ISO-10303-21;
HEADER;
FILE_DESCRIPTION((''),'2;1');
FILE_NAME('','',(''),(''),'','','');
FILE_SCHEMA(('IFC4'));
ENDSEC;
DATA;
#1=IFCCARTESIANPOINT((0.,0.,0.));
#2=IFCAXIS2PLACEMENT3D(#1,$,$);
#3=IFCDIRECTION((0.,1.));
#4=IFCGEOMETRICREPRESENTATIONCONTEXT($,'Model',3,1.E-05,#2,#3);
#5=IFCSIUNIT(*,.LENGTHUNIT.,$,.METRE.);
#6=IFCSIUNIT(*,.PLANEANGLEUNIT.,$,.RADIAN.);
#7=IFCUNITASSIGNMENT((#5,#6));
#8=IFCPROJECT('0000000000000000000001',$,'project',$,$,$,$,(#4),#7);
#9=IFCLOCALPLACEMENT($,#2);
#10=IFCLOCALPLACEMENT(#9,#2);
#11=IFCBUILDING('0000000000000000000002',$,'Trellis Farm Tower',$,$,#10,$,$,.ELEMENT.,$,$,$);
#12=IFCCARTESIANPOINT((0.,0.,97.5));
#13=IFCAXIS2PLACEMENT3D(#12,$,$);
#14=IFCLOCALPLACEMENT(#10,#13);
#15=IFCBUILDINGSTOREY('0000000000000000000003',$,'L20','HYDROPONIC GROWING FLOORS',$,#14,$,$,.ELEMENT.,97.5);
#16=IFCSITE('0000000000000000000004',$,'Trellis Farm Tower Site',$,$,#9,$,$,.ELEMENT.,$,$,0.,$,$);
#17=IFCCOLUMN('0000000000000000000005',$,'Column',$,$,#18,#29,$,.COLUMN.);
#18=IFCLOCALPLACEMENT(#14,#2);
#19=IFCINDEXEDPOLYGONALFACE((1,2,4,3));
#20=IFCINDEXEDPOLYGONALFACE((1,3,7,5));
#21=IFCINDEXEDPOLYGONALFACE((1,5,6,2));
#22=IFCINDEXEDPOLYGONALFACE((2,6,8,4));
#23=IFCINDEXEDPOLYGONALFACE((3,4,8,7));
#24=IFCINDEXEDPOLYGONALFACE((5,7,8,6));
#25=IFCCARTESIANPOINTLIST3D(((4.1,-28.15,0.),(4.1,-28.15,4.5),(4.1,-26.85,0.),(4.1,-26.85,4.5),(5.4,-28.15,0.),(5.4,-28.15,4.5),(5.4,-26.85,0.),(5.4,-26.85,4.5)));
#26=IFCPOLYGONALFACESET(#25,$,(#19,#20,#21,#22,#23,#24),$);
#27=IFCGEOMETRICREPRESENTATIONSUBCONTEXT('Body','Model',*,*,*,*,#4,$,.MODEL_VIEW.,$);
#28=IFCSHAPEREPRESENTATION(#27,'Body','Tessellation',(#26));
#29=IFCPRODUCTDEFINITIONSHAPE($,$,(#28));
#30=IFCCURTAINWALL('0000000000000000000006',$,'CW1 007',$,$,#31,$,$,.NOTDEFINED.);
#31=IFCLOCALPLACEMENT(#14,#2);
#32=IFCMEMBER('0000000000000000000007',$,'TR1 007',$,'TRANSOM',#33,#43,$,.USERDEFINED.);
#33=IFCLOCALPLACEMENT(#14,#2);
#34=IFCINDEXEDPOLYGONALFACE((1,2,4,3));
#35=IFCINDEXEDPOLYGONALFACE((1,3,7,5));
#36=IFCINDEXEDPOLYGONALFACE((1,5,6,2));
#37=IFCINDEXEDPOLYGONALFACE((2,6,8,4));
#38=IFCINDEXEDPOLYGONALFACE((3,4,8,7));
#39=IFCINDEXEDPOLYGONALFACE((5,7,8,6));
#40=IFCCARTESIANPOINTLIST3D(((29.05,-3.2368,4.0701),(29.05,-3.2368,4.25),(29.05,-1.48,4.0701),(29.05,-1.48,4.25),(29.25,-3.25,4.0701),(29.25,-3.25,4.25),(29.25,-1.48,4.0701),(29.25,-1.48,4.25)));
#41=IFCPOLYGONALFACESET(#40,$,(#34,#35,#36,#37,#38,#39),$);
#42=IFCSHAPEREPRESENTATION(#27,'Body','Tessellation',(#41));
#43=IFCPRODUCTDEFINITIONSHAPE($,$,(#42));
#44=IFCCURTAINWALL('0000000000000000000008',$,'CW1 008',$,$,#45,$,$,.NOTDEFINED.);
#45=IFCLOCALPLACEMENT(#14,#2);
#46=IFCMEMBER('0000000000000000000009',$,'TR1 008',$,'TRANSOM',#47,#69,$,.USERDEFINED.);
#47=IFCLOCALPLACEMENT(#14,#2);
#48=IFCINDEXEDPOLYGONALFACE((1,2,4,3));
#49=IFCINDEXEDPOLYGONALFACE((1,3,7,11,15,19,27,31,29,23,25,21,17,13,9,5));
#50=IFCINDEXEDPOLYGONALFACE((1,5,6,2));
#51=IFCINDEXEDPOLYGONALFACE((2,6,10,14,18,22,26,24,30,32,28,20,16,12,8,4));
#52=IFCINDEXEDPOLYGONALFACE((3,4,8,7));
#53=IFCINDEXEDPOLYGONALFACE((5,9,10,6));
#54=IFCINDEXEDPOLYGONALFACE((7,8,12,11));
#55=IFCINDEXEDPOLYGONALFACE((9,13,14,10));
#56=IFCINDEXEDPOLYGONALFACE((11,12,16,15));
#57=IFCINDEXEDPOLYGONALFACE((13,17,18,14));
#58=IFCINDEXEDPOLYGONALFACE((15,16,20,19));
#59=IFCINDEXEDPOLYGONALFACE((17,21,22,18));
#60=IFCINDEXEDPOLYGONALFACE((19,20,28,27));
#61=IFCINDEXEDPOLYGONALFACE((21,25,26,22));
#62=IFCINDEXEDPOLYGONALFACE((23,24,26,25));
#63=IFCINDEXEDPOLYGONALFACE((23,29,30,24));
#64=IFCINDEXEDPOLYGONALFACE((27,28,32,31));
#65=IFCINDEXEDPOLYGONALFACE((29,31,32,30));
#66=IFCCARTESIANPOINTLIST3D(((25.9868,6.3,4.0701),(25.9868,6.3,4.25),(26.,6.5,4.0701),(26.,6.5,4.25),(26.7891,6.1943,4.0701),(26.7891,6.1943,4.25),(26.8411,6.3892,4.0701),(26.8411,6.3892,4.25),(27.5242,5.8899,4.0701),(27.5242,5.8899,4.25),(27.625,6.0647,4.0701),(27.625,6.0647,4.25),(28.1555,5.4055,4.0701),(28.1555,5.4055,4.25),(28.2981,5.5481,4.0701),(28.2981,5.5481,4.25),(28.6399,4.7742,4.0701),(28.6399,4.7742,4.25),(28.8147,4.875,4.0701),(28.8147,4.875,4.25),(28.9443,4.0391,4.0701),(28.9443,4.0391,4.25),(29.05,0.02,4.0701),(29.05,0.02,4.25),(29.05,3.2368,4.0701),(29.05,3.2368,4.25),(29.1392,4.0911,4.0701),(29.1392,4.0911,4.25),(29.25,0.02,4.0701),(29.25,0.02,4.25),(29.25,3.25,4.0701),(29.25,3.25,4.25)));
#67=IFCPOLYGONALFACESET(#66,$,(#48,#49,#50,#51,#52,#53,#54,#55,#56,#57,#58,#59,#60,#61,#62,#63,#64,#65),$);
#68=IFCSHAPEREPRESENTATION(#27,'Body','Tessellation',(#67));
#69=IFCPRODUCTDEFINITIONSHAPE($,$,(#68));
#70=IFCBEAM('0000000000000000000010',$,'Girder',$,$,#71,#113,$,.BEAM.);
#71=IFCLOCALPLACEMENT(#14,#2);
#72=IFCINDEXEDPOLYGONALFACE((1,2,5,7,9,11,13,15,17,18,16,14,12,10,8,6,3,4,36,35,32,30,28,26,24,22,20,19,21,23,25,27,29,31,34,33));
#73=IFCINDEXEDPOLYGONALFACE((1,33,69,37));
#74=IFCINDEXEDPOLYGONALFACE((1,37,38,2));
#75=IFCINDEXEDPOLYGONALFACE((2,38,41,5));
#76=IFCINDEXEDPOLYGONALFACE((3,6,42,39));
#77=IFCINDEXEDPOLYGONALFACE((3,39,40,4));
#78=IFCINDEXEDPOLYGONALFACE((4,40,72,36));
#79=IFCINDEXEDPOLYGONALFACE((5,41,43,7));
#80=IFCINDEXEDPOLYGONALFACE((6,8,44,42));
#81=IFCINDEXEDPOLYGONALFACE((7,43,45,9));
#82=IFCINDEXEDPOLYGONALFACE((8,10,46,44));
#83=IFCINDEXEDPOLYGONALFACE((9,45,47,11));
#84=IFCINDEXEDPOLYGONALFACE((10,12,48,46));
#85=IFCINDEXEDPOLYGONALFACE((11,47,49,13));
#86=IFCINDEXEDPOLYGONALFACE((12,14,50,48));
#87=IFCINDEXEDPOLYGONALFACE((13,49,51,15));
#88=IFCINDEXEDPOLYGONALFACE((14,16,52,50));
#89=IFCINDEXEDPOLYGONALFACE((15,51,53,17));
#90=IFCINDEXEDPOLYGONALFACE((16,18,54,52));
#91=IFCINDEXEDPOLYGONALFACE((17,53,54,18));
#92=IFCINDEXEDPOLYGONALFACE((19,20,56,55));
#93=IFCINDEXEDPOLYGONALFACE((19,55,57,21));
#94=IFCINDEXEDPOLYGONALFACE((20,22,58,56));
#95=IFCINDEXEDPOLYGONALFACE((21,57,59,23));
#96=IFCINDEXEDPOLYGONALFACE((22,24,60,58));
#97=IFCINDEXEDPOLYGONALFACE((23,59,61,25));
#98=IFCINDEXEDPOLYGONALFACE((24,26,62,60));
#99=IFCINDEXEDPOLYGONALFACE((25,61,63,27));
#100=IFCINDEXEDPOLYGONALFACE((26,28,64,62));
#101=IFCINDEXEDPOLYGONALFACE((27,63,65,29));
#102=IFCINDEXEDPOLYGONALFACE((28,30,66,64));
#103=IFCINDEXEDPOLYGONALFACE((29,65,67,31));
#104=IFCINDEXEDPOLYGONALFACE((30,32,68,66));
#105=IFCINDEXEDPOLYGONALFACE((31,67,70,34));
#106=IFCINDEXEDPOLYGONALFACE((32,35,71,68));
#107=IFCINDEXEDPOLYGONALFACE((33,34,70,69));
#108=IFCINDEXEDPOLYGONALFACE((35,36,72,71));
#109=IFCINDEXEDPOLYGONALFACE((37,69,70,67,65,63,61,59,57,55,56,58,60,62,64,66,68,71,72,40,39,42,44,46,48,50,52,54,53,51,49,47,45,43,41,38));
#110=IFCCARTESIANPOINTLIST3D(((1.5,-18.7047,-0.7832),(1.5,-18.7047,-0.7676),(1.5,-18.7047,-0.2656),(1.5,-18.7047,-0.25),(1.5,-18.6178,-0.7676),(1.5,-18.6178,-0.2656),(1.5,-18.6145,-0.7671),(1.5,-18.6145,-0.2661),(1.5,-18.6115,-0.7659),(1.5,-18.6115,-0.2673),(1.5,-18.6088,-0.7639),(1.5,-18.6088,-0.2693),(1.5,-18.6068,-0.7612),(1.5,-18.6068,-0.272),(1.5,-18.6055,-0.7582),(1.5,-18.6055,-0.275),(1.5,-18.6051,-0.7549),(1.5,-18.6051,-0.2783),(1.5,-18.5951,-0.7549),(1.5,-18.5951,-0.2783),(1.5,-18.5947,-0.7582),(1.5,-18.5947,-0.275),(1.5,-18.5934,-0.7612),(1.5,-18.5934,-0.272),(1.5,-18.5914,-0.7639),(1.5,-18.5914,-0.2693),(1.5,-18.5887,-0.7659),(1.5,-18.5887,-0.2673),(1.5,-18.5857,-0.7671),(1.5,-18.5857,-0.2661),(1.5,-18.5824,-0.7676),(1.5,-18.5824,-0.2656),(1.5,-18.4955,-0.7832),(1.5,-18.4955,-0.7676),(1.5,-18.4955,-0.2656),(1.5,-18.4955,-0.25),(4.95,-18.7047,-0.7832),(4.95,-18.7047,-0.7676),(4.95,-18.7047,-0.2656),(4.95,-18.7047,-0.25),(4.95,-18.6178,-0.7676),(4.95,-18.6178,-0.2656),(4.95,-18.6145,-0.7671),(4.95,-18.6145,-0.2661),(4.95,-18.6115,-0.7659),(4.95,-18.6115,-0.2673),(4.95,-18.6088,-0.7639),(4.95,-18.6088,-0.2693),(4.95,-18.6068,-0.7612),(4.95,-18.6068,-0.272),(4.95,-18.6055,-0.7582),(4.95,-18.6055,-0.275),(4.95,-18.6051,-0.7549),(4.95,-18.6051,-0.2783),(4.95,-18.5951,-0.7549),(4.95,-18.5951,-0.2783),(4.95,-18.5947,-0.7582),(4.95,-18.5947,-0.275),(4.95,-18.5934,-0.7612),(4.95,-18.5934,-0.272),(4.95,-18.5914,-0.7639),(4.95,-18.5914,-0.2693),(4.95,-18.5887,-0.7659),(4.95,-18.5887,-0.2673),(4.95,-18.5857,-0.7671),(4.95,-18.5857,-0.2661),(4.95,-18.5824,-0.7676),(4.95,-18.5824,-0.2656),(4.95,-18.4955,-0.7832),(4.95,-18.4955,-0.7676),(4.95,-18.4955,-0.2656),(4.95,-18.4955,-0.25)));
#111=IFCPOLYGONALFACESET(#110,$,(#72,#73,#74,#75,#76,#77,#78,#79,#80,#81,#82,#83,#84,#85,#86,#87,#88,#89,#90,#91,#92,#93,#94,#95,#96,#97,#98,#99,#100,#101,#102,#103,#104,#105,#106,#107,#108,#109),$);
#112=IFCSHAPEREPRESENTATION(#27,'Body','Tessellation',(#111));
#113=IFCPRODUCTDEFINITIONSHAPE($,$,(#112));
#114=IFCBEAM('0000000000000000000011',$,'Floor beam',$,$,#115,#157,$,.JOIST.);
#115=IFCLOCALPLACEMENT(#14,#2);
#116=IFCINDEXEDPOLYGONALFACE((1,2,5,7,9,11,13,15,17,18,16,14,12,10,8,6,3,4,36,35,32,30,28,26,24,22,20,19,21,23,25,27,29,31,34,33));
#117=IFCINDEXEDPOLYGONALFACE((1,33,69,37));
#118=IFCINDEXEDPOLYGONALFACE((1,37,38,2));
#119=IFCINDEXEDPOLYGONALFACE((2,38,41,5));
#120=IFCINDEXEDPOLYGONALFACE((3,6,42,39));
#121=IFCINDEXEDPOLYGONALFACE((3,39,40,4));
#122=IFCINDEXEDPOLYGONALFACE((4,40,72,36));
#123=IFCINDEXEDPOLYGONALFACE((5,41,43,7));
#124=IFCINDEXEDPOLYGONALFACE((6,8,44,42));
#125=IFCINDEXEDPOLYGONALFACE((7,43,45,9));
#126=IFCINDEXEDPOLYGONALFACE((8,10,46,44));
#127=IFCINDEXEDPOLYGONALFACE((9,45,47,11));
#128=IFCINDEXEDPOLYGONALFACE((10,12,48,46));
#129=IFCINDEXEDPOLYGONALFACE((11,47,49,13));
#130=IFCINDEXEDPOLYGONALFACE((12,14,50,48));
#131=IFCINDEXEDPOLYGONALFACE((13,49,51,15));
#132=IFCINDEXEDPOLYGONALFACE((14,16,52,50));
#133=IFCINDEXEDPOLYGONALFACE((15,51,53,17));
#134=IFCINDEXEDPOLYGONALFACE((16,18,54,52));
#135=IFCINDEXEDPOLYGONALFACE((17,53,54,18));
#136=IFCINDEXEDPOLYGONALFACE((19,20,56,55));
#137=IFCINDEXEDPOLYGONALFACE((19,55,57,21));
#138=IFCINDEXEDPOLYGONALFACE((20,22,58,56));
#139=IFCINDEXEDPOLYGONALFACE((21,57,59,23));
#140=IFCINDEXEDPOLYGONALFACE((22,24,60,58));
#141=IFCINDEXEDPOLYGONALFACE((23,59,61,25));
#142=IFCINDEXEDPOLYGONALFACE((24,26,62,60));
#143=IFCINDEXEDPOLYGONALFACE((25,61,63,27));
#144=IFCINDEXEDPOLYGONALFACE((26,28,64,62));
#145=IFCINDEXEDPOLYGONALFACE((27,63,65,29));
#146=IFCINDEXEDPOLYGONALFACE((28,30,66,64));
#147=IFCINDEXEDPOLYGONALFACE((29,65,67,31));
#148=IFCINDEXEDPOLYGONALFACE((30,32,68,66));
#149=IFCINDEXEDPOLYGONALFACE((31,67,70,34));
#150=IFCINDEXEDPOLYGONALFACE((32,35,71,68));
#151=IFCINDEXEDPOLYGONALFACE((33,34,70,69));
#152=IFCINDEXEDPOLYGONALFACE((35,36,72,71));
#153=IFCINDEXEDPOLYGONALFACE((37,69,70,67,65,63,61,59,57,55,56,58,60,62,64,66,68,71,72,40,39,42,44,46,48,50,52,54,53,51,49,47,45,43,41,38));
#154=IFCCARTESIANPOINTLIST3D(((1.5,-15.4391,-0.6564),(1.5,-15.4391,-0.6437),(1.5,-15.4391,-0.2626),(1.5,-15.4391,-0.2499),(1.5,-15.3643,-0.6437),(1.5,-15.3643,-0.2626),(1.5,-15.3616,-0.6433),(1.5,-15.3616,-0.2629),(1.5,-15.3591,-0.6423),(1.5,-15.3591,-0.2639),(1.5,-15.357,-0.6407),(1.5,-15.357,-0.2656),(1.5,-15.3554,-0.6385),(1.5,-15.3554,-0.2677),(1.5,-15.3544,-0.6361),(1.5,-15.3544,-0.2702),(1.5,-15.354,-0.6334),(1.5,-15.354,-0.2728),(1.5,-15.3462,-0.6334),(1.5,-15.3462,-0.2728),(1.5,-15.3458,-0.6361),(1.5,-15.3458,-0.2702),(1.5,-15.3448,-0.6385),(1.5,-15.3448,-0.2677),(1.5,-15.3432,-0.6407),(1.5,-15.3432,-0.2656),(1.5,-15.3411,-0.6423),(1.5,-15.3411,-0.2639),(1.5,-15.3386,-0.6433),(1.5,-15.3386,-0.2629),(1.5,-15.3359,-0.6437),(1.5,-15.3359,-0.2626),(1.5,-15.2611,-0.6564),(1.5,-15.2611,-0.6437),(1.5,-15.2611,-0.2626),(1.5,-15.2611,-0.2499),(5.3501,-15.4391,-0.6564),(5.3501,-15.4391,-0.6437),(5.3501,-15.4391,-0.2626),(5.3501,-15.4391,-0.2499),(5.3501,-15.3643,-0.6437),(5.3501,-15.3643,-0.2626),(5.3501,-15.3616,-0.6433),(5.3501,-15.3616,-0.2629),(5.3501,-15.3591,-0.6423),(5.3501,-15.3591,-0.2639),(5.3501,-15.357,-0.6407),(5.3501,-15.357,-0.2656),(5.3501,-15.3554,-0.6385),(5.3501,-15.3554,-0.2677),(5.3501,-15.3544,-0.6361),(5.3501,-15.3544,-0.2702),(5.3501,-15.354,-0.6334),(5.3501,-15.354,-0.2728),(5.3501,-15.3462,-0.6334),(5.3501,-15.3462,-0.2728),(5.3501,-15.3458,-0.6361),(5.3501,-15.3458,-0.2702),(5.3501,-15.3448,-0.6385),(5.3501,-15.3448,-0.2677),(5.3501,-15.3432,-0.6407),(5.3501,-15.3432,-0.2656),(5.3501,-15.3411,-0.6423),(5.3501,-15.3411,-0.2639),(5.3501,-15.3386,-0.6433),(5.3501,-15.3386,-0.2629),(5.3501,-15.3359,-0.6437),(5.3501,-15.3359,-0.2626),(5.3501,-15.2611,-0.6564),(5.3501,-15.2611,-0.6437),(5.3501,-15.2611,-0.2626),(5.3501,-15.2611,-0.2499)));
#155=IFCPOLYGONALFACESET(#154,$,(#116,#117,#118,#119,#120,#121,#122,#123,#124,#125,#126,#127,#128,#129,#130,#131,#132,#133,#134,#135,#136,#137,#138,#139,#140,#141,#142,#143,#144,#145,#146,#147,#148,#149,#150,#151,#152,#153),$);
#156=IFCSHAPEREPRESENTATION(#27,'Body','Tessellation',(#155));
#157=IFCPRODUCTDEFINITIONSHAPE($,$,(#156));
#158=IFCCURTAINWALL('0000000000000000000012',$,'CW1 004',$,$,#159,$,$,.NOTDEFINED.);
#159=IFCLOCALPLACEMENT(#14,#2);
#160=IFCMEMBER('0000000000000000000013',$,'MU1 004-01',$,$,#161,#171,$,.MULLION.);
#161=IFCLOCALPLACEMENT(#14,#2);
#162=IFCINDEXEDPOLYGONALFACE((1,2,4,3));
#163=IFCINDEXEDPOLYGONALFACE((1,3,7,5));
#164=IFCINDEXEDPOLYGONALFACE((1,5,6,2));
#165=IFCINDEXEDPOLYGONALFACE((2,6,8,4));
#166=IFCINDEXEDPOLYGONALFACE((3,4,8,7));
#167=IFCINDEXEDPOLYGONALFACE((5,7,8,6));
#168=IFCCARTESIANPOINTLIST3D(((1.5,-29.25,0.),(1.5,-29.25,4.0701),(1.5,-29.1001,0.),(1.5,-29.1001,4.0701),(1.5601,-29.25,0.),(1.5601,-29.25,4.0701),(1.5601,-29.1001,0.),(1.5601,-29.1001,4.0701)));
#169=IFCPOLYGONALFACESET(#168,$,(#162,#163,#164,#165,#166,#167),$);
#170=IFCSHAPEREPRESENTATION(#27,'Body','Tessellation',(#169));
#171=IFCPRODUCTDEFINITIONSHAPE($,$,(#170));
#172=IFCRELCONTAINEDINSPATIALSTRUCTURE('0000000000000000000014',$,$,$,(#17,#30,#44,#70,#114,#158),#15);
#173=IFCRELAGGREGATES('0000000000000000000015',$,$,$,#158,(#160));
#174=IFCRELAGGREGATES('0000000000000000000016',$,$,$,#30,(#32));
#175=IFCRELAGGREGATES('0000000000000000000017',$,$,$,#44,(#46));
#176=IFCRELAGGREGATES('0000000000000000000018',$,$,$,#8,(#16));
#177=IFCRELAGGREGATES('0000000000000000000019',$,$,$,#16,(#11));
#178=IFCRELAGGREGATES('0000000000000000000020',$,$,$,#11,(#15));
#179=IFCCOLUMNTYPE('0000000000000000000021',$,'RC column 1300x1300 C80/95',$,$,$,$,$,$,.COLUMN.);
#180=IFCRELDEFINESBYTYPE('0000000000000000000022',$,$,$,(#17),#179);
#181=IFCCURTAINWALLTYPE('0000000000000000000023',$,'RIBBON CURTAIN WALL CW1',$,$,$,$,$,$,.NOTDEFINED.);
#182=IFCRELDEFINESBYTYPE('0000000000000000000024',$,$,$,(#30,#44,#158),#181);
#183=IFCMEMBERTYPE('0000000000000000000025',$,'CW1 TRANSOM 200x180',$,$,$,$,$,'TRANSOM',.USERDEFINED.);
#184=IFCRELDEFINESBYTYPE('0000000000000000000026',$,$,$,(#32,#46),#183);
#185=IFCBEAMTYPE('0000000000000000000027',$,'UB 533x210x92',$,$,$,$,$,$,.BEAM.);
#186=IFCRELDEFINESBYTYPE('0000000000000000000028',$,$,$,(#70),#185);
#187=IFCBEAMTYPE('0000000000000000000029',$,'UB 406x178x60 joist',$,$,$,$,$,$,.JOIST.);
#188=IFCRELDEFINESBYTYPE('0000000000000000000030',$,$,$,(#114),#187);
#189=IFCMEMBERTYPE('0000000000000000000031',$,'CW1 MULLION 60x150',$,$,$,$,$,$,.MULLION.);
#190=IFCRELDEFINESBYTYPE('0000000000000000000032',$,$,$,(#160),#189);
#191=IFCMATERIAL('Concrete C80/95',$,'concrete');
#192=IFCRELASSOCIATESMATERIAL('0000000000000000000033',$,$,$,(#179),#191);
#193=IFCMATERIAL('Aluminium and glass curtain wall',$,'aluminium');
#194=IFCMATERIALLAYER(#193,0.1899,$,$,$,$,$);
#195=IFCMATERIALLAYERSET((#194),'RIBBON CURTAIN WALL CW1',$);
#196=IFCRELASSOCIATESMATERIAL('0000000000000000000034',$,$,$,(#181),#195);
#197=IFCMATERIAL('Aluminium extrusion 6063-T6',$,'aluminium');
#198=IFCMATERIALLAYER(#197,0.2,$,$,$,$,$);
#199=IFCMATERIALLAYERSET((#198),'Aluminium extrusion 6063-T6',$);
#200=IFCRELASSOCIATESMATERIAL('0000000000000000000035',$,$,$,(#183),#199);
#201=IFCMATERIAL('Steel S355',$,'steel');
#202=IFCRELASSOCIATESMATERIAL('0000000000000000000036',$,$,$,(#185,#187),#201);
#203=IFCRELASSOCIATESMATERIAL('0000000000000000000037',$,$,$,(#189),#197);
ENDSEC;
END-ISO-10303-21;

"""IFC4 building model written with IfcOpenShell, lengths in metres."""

from ifc_helpers import new_model, si_unit, direction, frame, origin, origin_2d, place, context, subcontext, project, spatial, polyline, rectangle, i_section, outline, extrude, source, transform, mapped, material, layer, layer_set, material_profile, profile_set, type_object, element, aggregate, save


model = new_model("IFC4")

# Units and contexts
model_context = context("Model", 3, precision=1e-05, world=origin(), true_north=direction((0.0, 1.0)))
body_context = subcontext(model_context, "Body", "Model", "MODEL_VIEW")
ifc_project = project(units=[si_unit("LENGTHUNIT", "METRE"), si_unit("PLANEANGLEUNIT", "RADIAN")], contexts=[model_context])

# Site, building, storey
site_placement = place(None, origin())
site = spatial("IfcSite", under=ifc_project, at=site_placement, Name="Trellis Farm Tower Site", CompositionType="ELEMENT", RefElevation=0.0)
building_placement = place(site_placement, origin())
building = spatial("IfcBuilding", under=site, at=building_placement, Name="Trellis Farm Tower", CompositionType="ELEMENT")
storey_placement = place(building_placement, frame((0.0, 0.0, 97.5)))
storey = spatial("IfcBuildingStorey", under=building, at=storey_placement, Name="L20", Description="HYDROPONIC GROWING FLOORS", CompositionType="ELEMENT", Elevation=97.5)

# Column
ifc_material_1 = material(Name="Concrete C80/95", Category="concrete")
ifc_material_profile_1 = material_profile(ifc_material_1, rectangle(XDim=1.3, YDim=1.3, at=origin_2d()), Name="RC column 1300x1300 C80/95")
ifc_profile_set_1 = profile_set([ifc_material_profile_1], Name="Concrete C80/95")
column_type = type_object("IfcColumnType", Name="RC column 1300x1300 C80/95", PredefinedType="COLUMN", material=ifc_profile_set_1)
shared_shape_1 = source(origin(), body_context, "Body", "SweptSolid", [
    extrude(rectangle(XDim=1.3, YDim=1.3, at=origin_2d()), origin(), (0.0, 0.0, 1.0), 4.5),
])
column_placement = place(storey_placement, frame((4.75, -27.5, 0.0), z_axis=(0.0, 0.0, 1.0), x_axis=(1.0, 0.0, 0.0)))
element("IfcColumn", 1, at=column_placement, inside=storey, type_object=column_type, Name="Column", PredefinedType="COLUMN", context=body_context, shape_type="MappedRepresentation", body=[
    mapped(shared_shape_1, transform((0.0, 0.0, 0.0))),
])

# Curtain walls, members
ifc_material_2 = material(Name="Aluminium and glass curtain wall", Category="aluminium")
ifc_layer_1 = layer(ifc_material_2, 0.1899)
ifc_layer_set_1 = layer_set([ifc_layer_1], Name="RIBBON CURTAIN WALL CW1")
curtain_wall_type_1 = type_object("IfcCurtainWallType", Name="RIBBON CURTAIN WALL CW1", PredefinedType="NOTDEFINED", material=ifc_layer_set_1)
placement_1 = place(storey_placement, origin())
curtain_wall_1 = element("IfcCurtainWall", 2, at=placement_1, inside=storey, type_object=curtain_wall_type_1, Name="CW1 007", PredefinedType="NOTDEFINED")
ifc_material_3 = material(Name="Aluminium extrusion 6063-T6", Category="aluminium")
ifc_layer_2 = layer(ifc_material_3, 0.2)
ifc_layer_set_2 = layer_set([ifc_layer_2], Name="Aluminium extrusion 6063-T6")
member_type_1 = type_object("IfcMemberType", Name="CW1 TRANSOM 200x180", ElementType="TRANSOM", PredefinedType="USERDEFINED", material=ifc_layer_set_2)
placement_2 = place(storey_placement, frame((0.0, 0.0, 4.0701)))
member_1 = element("IfcMember", 3, at=placement_2, type_object=member_type_1, Name="TR1 007", ObjectType="TRANSOM", PredefinedType="USERDEFINED", context=body_context, shape_type="SweptSolid", body=[
    extrude(outline(polyline([(29.25, -3.25), (29.25, -1.48), (29.05, -1.48), (29.05, -3.2368), (29.25, -3.25)])), origin(), (0.0, 0.0, 1.0), 0.1799),
])
curtain_wall_2 = element("IfcCurtainWall", 4, at=placement_1, inside=storey, type_object=curtain_wall_type_1, Name="CW1 008", PredefinedType="NOTDEFINED")
member_2 = element("IfcMember", 5, at=placement_2, type_object=member_type_1, Name="TR1 008", ObjectType="TRANSOM", PredefinedType="USERDEFINED", context=body_context, shape_type="SweptSolid", body=[
    extrude(outline(polyline([(29.25, 0.02), (29.25, 3.25), (29.1392, 4.0911), (28.8147, 4.875), (28.2981, 5.5481), (27.625, 6.0647), (26.8411, 6.3892), (26.0, 6.5), (25.9868, 6.3), (26.7891, 6.1943), (27.5242, 5.8899), (28.1555, 5.4055), (28.6399, 4.7742), (28.9443, 4.0391), (29.05, 3.2368), (29.05, 0.02), (29.25, 0.02)])), origin(), (0.0, 0.0, 1.0), 0.1799),
])

# Beams
ifc_material_4 = material(Name="Steel S355", Category="steel")
ifc_material_profile_2 = material_profile(ifc_material_4, i_section(OverallWidth=0.2092, OverallDepth=0.5332, WebThickness=0.01, FlangeThickness=0.0156, FilletRadius=0.0127, at=origin_2d()), Name="UB 533x210x92")
ifc_profile_set_2 = profile_set([ifc_material_profile_2], Name="Steel S355")
beam_type_1 = type_object("IfcBeamType", Name="UB 533x210x92", PredefinedType="BEAM", material=ifc_profile_set_2)
shared_shape_2 = source(origin(), body_context, "Body", "SweptSolid", [
    extrude(i_section(OverallWidth=0.2092, OverallDepth=0.5332, WebThickness=0.01, FlangeThickness=0.0156, FilletRadius=0.0127, at=origin_2d()), origin(), (0.0, 0.0, 1.0), 3.45),
])
beam_1_placement = place(storey_placement, frame((1.5, -18.6001, -0.5166), z_axis=(1.0, 0.0, 0.0), x_axis=(0.0, 1.0, 0.0)))
element("IfcBeam", 6, at=beam_1_placement, inside=storey, type_object=beam_type_1, Name="Girder", PredefinedType="BEAM", context=body_context, shape_type="MappedRepresentation", body=[
    mapped(shared_shape_2, transform((0.0, 0.0, 0.0))),
])
ifc_material_profile_3 = material_profile(ifc_material_4, i_section(OverallWidth=0.178, OverallDepth=0.4065, WebThickness=0.0078, FlangeThickness=0.0127, FilletRadius=0.0103, at=origin_2d()), Name="UB 406x178x60")
ifc_profile_set_3 = profile_set([ifc_material_profile_3], Name="Steel S355")
beam_type_2 = type_object("IfcBeamType", Name="UB 406x178x60 joist", PredefinedType="JOIST", material=ifc_profile_set_3)
shared_shape_3 = source(origin(), body_context, "Body", "SweptSolid", [
    extrude(i_section(OverallWidth=0.178, OverallDepth=0.4065, WebThickness=0.0078, FlangeThickness=0.0127, FilletRadius=0.0103, at=origin_2d()), origin(), (0.0, 0.0, 1.0), 3.8501),
])
beam_2_placement = place(storey_placement, frame((1.5, -15.3501, -0.4531), z_axis=(1.0, 0.0, 0.0), x_axis=(0.0, 1.0, 0.0)))
element("IfcBeam", 7, at=beam_2_placement, inside=storey, type_object=beam_type_2, Name="Floor beam", PredefinedType="JOIST", context=body_context, shape_type="MappedRepresentation", body=[
    mapped(shared_shape_3, transform((0.0, 0.0, 0.0))),
])

# Curtain wall, member
curtain_wall_3 = element("IfcCurtainWall", 8, at=placement_1, inside=storey, type_object=curtain_wall_type_1, Name="CW1 004", PredefinedType="NOTDEFINED")
ifc_material_profile_4 = material_profile(ifc_material_3, rectangle(XDim=0.0601, YDim=0.1499, at=origin_2d()), Name="MULLION 60x150")
ifc_profile_set_4 = profile_set([ifc_material_profile_4], Name="Aluminium extrusion 6063-T6")
member_type_2 = type_object("IfcMemberType", Name="CW1 MULLION 60x150", PredefinedType="MULLION", material=ifc_profile_set_4)
shared_shape_4 = source(origin(), body_context, "Body", "SweptSolid", [
    extrude(rectangle(XDim=0.0601, YDim=0.1499, at=origin_2d()), origin(), (0.0, 0.0, 1.0), 4.0701),
])
member_3_placement = place(storey_placement, frame((1.53, -29.175, 0.0), z_axis=(0.0, 0.0, 1.0), x_axis=(1.0, 0.0, 0.0)))
member_3 = element("IfcMember", 9, at=member_3_placement, type_object=member_type_2, Name="MU1 004-01", PredefinedType="MULLION", context=body_context, shape_type="MappedRepresentation", body=[
    mapped(shared_shape_4, transform((0.0, 0.0, 0.0))),
])
aggregate(curtain_wall_3, [member_3])

aggregate(curtain_wall_1, [member_1])
aggregate(curtain_wall_2, [member_2])

save(model, "model.ifc")
